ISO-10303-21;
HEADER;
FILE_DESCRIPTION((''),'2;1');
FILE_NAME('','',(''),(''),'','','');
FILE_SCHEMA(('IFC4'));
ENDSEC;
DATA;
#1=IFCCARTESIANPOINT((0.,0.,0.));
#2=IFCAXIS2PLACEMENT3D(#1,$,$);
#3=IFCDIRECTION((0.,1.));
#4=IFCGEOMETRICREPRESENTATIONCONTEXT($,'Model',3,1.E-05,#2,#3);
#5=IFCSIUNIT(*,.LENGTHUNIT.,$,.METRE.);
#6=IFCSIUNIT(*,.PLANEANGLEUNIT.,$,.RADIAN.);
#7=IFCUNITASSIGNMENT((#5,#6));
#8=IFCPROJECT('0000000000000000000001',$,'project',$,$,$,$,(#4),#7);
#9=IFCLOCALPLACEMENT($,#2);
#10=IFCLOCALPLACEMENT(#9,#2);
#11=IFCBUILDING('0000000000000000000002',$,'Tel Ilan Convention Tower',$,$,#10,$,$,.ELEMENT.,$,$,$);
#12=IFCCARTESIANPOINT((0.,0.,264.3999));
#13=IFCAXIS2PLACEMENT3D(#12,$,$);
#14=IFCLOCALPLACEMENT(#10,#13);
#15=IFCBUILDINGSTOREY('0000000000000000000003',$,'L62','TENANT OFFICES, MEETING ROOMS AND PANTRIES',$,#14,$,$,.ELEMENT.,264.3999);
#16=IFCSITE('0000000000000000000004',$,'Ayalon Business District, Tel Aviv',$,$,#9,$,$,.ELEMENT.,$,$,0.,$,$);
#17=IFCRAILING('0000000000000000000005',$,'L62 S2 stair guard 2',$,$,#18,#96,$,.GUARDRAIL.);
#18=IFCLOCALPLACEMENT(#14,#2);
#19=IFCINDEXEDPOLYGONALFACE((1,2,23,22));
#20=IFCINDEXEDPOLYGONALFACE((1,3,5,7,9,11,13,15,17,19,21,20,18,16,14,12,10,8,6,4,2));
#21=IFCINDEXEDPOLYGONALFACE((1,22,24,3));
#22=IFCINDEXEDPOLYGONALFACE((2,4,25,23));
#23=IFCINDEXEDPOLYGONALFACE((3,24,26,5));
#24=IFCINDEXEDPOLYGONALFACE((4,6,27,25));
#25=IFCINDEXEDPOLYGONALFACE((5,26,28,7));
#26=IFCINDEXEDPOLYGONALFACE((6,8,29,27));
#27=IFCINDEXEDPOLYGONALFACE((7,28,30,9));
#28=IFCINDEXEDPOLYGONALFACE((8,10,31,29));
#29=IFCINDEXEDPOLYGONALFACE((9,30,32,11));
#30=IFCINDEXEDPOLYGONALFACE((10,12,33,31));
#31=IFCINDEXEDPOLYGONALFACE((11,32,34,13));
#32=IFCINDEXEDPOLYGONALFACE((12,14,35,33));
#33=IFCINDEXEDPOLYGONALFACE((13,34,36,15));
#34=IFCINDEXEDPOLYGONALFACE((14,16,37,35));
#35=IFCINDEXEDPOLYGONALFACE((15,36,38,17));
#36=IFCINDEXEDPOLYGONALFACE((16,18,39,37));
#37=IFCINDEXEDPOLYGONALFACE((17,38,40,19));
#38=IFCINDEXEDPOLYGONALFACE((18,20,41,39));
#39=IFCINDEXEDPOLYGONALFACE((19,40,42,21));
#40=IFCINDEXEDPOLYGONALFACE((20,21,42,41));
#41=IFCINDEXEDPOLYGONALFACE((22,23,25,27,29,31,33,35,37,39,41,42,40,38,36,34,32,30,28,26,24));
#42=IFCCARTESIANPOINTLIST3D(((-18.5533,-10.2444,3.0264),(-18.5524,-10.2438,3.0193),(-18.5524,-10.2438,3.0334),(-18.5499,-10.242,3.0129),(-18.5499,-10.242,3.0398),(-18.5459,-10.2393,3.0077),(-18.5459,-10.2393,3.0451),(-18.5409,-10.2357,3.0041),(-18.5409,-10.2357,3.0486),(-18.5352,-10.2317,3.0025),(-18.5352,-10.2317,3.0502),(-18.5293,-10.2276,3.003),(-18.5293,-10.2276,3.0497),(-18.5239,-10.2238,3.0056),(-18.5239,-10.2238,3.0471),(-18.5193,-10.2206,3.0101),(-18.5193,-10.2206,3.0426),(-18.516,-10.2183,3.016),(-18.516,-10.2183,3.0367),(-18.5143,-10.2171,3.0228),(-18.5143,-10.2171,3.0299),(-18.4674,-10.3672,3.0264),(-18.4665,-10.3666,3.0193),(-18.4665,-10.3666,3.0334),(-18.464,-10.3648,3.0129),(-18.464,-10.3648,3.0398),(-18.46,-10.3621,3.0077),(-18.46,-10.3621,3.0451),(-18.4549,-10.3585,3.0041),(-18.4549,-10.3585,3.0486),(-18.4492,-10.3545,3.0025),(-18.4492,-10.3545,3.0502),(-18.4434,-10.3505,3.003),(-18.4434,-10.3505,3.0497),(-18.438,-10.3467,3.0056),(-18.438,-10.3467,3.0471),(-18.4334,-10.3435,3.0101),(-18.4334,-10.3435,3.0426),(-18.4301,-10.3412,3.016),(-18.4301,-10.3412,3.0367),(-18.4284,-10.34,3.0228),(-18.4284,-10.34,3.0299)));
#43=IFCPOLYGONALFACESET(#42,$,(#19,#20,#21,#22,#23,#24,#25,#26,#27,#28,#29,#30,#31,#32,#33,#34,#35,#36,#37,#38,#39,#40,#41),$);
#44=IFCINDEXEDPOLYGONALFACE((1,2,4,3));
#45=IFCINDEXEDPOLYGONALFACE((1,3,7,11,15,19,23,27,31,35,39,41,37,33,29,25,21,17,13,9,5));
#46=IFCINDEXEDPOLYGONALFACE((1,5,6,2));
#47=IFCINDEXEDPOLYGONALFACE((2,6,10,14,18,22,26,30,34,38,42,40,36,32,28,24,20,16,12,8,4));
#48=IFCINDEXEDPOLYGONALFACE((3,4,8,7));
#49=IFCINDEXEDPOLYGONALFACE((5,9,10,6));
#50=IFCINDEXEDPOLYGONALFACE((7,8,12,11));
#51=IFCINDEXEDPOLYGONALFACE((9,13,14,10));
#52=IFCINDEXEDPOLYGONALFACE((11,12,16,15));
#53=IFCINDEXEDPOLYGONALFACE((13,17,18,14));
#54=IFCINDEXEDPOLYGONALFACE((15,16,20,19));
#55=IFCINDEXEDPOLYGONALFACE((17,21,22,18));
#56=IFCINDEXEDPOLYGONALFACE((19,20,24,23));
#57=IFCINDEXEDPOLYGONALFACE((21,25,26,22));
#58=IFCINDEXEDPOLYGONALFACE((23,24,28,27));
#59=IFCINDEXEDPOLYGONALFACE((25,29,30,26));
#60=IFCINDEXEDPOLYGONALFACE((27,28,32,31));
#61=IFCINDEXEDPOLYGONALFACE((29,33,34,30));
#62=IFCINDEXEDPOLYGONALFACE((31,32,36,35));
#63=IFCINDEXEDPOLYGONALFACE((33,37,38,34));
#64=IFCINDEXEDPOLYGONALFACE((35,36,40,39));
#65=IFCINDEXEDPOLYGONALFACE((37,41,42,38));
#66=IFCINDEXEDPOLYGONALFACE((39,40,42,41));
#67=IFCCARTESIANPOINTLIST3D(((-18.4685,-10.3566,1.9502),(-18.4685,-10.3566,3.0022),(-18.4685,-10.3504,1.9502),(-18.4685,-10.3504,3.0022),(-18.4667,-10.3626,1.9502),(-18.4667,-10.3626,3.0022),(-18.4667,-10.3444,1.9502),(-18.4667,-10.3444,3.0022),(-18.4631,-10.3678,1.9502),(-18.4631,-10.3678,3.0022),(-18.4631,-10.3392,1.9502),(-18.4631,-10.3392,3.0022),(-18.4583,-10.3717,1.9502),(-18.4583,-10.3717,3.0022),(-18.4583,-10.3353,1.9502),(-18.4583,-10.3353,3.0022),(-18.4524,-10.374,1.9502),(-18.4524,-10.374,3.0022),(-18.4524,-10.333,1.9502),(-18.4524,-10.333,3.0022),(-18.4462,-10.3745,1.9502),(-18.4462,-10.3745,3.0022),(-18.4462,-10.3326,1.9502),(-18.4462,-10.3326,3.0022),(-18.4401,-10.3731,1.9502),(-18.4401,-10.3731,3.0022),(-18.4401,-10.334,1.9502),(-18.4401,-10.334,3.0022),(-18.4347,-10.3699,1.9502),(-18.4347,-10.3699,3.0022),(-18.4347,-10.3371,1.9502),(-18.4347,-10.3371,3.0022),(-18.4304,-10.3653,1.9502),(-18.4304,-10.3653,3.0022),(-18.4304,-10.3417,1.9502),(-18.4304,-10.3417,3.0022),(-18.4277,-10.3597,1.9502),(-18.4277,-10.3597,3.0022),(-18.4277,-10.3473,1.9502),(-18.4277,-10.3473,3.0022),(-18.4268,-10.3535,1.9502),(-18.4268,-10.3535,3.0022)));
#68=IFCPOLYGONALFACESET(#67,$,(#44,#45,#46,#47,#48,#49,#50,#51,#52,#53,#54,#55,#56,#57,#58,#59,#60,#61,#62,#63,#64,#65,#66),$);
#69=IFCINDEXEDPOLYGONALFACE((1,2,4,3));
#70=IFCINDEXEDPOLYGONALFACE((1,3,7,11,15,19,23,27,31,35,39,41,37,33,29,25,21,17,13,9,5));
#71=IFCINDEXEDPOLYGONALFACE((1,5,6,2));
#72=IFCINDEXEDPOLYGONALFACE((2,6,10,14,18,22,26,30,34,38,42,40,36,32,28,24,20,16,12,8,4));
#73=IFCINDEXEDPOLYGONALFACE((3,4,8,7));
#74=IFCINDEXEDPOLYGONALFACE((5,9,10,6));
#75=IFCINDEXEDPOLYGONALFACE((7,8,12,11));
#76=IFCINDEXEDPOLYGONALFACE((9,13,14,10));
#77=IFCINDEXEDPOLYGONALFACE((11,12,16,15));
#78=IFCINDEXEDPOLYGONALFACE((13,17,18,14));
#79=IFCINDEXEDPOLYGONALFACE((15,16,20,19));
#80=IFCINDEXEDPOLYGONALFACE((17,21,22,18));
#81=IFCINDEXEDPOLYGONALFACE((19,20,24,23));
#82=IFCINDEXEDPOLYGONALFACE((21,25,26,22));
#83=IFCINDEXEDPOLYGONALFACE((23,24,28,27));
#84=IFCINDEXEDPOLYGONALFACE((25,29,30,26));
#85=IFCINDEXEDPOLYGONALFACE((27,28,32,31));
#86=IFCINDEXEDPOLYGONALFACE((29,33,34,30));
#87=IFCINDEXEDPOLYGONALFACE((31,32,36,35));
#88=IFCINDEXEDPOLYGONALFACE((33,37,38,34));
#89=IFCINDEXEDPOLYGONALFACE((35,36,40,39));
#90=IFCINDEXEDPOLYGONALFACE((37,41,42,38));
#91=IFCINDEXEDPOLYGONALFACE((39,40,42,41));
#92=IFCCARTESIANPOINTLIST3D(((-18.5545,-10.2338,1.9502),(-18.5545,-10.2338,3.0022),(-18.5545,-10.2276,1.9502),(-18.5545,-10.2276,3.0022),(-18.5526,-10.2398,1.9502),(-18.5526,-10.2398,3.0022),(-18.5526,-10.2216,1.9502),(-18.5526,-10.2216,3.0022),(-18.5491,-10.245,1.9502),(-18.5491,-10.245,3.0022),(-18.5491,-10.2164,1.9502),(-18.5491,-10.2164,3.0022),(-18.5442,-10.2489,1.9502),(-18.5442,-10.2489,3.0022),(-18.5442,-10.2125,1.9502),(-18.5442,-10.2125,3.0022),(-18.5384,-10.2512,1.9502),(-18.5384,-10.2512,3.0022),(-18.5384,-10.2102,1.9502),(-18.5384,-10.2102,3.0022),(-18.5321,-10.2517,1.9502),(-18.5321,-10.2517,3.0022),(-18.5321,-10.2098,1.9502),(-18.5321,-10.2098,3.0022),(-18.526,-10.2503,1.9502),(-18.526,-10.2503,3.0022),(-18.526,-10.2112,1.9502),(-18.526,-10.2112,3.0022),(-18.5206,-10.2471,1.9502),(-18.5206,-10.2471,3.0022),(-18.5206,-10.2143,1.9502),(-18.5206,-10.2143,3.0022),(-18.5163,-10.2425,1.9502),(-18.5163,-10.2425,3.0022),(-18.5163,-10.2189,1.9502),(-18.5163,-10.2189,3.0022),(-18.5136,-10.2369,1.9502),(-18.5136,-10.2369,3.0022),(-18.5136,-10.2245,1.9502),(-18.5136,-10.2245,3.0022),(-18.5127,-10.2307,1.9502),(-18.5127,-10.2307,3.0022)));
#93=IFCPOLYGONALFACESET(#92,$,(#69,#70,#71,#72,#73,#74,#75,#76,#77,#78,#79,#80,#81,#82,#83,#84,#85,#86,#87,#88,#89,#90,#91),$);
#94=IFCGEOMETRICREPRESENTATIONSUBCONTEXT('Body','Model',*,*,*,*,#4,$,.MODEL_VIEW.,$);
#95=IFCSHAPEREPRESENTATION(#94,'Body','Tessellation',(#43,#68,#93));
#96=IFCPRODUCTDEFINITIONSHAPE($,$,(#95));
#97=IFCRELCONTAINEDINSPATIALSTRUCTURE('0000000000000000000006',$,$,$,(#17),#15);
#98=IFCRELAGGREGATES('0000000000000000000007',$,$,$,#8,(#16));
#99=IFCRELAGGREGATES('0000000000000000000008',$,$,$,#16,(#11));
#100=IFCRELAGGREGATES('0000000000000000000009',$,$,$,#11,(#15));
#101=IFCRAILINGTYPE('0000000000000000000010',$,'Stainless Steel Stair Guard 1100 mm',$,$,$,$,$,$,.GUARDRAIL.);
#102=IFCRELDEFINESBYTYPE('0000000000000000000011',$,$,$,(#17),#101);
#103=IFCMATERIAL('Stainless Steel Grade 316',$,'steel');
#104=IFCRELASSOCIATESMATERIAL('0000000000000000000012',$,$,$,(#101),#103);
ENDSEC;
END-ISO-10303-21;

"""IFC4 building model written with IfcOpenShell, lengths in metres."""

from ifc_helpers import new_model, si_unit, direction, frame, origin, origin_2d, place, context, subcontext, project, spatial, circle, extrude, material, type_object, element, save


model = new_model("IFC4")

# Units and contexts
model_context = context("Model", 3, precision=1e-05, world=origin(), true_north=direction((0.0, 1.0)))
body_context = subcontext(model_context, "Body", "Model", "MODEL_VIEW")
ifc_project = project(units=[si_unit("LENGTHUNIT", "METRE"), si_unit("PLANEANGLEUNIT", "RADIAN")], contexts=[model_context])

# Site, building, storey
site_placement = place(None, origin())
site = spatial("IfcSite", under=ifc_project, at=site_placement, Name="Ayalon Business District, Tel Aviv", CompositionType="ELEMENT", RefElevation=0.0)
building_placement = place(site_placement, origin())
building = spatial("IfcBuilding", under=site, at=building_placement, Name="Tel Ilan Convention Tower", CompositionType="ELEMENT")
storey_placement = place(building_placement, frame((0.0, 0.0, 264.3999)))
storey = spatial("IfcBuildingStorey", under=building, at=storey_placement, Name="L62", Description="TENANT OFFICES, MEETING ROOMS AND PANTRIES", CompositionType="ELEMENT", Elevation=264.3999)

# Railing
ifc_material_1 = material(Name="Stainless Steel Grade 316", Category="steel")
railing_type_1 = type_object("IfcRailingType", Name="Stainless Steel Stair Guard 1100 mm", PredefinedType="GUARDRAIL", material=ifc_material_1)
railing_1_placement = place(storey_placement, frame((-18.4478, -10.3535, 1.9502)))
element("IfcRailing", 1, at=railing_1_placement, inside=storey, type_object=railing_type_1, Name="L62 S2 stair guard 2", PredefinedType="GUARDRAIL", context=body_context, shape_type="SweptSolid", body=[
    extrude(circle(Radius=0.0239, at=origin_2d()), frame((0.0, 0.0, 1.0762), z_axis=(-0.573353, 0.819308, 0.0), x_axis=(-0.819308, -0.573353, 0.0)), (0.0, 0.0, 1.0), 0.1499),
    extrude(circle(Radius=0.021, at=origin_2d()), origin(), (0.0, 0.0, 1.0), 1.052),
    extrude(circle(Radius=0.021, at=origin_2d()), frame((-0.0859, 0.1228, 0.0)), (0.0, 0.0, 1.0), 1.052),
])

save(model, "model.ifc")
